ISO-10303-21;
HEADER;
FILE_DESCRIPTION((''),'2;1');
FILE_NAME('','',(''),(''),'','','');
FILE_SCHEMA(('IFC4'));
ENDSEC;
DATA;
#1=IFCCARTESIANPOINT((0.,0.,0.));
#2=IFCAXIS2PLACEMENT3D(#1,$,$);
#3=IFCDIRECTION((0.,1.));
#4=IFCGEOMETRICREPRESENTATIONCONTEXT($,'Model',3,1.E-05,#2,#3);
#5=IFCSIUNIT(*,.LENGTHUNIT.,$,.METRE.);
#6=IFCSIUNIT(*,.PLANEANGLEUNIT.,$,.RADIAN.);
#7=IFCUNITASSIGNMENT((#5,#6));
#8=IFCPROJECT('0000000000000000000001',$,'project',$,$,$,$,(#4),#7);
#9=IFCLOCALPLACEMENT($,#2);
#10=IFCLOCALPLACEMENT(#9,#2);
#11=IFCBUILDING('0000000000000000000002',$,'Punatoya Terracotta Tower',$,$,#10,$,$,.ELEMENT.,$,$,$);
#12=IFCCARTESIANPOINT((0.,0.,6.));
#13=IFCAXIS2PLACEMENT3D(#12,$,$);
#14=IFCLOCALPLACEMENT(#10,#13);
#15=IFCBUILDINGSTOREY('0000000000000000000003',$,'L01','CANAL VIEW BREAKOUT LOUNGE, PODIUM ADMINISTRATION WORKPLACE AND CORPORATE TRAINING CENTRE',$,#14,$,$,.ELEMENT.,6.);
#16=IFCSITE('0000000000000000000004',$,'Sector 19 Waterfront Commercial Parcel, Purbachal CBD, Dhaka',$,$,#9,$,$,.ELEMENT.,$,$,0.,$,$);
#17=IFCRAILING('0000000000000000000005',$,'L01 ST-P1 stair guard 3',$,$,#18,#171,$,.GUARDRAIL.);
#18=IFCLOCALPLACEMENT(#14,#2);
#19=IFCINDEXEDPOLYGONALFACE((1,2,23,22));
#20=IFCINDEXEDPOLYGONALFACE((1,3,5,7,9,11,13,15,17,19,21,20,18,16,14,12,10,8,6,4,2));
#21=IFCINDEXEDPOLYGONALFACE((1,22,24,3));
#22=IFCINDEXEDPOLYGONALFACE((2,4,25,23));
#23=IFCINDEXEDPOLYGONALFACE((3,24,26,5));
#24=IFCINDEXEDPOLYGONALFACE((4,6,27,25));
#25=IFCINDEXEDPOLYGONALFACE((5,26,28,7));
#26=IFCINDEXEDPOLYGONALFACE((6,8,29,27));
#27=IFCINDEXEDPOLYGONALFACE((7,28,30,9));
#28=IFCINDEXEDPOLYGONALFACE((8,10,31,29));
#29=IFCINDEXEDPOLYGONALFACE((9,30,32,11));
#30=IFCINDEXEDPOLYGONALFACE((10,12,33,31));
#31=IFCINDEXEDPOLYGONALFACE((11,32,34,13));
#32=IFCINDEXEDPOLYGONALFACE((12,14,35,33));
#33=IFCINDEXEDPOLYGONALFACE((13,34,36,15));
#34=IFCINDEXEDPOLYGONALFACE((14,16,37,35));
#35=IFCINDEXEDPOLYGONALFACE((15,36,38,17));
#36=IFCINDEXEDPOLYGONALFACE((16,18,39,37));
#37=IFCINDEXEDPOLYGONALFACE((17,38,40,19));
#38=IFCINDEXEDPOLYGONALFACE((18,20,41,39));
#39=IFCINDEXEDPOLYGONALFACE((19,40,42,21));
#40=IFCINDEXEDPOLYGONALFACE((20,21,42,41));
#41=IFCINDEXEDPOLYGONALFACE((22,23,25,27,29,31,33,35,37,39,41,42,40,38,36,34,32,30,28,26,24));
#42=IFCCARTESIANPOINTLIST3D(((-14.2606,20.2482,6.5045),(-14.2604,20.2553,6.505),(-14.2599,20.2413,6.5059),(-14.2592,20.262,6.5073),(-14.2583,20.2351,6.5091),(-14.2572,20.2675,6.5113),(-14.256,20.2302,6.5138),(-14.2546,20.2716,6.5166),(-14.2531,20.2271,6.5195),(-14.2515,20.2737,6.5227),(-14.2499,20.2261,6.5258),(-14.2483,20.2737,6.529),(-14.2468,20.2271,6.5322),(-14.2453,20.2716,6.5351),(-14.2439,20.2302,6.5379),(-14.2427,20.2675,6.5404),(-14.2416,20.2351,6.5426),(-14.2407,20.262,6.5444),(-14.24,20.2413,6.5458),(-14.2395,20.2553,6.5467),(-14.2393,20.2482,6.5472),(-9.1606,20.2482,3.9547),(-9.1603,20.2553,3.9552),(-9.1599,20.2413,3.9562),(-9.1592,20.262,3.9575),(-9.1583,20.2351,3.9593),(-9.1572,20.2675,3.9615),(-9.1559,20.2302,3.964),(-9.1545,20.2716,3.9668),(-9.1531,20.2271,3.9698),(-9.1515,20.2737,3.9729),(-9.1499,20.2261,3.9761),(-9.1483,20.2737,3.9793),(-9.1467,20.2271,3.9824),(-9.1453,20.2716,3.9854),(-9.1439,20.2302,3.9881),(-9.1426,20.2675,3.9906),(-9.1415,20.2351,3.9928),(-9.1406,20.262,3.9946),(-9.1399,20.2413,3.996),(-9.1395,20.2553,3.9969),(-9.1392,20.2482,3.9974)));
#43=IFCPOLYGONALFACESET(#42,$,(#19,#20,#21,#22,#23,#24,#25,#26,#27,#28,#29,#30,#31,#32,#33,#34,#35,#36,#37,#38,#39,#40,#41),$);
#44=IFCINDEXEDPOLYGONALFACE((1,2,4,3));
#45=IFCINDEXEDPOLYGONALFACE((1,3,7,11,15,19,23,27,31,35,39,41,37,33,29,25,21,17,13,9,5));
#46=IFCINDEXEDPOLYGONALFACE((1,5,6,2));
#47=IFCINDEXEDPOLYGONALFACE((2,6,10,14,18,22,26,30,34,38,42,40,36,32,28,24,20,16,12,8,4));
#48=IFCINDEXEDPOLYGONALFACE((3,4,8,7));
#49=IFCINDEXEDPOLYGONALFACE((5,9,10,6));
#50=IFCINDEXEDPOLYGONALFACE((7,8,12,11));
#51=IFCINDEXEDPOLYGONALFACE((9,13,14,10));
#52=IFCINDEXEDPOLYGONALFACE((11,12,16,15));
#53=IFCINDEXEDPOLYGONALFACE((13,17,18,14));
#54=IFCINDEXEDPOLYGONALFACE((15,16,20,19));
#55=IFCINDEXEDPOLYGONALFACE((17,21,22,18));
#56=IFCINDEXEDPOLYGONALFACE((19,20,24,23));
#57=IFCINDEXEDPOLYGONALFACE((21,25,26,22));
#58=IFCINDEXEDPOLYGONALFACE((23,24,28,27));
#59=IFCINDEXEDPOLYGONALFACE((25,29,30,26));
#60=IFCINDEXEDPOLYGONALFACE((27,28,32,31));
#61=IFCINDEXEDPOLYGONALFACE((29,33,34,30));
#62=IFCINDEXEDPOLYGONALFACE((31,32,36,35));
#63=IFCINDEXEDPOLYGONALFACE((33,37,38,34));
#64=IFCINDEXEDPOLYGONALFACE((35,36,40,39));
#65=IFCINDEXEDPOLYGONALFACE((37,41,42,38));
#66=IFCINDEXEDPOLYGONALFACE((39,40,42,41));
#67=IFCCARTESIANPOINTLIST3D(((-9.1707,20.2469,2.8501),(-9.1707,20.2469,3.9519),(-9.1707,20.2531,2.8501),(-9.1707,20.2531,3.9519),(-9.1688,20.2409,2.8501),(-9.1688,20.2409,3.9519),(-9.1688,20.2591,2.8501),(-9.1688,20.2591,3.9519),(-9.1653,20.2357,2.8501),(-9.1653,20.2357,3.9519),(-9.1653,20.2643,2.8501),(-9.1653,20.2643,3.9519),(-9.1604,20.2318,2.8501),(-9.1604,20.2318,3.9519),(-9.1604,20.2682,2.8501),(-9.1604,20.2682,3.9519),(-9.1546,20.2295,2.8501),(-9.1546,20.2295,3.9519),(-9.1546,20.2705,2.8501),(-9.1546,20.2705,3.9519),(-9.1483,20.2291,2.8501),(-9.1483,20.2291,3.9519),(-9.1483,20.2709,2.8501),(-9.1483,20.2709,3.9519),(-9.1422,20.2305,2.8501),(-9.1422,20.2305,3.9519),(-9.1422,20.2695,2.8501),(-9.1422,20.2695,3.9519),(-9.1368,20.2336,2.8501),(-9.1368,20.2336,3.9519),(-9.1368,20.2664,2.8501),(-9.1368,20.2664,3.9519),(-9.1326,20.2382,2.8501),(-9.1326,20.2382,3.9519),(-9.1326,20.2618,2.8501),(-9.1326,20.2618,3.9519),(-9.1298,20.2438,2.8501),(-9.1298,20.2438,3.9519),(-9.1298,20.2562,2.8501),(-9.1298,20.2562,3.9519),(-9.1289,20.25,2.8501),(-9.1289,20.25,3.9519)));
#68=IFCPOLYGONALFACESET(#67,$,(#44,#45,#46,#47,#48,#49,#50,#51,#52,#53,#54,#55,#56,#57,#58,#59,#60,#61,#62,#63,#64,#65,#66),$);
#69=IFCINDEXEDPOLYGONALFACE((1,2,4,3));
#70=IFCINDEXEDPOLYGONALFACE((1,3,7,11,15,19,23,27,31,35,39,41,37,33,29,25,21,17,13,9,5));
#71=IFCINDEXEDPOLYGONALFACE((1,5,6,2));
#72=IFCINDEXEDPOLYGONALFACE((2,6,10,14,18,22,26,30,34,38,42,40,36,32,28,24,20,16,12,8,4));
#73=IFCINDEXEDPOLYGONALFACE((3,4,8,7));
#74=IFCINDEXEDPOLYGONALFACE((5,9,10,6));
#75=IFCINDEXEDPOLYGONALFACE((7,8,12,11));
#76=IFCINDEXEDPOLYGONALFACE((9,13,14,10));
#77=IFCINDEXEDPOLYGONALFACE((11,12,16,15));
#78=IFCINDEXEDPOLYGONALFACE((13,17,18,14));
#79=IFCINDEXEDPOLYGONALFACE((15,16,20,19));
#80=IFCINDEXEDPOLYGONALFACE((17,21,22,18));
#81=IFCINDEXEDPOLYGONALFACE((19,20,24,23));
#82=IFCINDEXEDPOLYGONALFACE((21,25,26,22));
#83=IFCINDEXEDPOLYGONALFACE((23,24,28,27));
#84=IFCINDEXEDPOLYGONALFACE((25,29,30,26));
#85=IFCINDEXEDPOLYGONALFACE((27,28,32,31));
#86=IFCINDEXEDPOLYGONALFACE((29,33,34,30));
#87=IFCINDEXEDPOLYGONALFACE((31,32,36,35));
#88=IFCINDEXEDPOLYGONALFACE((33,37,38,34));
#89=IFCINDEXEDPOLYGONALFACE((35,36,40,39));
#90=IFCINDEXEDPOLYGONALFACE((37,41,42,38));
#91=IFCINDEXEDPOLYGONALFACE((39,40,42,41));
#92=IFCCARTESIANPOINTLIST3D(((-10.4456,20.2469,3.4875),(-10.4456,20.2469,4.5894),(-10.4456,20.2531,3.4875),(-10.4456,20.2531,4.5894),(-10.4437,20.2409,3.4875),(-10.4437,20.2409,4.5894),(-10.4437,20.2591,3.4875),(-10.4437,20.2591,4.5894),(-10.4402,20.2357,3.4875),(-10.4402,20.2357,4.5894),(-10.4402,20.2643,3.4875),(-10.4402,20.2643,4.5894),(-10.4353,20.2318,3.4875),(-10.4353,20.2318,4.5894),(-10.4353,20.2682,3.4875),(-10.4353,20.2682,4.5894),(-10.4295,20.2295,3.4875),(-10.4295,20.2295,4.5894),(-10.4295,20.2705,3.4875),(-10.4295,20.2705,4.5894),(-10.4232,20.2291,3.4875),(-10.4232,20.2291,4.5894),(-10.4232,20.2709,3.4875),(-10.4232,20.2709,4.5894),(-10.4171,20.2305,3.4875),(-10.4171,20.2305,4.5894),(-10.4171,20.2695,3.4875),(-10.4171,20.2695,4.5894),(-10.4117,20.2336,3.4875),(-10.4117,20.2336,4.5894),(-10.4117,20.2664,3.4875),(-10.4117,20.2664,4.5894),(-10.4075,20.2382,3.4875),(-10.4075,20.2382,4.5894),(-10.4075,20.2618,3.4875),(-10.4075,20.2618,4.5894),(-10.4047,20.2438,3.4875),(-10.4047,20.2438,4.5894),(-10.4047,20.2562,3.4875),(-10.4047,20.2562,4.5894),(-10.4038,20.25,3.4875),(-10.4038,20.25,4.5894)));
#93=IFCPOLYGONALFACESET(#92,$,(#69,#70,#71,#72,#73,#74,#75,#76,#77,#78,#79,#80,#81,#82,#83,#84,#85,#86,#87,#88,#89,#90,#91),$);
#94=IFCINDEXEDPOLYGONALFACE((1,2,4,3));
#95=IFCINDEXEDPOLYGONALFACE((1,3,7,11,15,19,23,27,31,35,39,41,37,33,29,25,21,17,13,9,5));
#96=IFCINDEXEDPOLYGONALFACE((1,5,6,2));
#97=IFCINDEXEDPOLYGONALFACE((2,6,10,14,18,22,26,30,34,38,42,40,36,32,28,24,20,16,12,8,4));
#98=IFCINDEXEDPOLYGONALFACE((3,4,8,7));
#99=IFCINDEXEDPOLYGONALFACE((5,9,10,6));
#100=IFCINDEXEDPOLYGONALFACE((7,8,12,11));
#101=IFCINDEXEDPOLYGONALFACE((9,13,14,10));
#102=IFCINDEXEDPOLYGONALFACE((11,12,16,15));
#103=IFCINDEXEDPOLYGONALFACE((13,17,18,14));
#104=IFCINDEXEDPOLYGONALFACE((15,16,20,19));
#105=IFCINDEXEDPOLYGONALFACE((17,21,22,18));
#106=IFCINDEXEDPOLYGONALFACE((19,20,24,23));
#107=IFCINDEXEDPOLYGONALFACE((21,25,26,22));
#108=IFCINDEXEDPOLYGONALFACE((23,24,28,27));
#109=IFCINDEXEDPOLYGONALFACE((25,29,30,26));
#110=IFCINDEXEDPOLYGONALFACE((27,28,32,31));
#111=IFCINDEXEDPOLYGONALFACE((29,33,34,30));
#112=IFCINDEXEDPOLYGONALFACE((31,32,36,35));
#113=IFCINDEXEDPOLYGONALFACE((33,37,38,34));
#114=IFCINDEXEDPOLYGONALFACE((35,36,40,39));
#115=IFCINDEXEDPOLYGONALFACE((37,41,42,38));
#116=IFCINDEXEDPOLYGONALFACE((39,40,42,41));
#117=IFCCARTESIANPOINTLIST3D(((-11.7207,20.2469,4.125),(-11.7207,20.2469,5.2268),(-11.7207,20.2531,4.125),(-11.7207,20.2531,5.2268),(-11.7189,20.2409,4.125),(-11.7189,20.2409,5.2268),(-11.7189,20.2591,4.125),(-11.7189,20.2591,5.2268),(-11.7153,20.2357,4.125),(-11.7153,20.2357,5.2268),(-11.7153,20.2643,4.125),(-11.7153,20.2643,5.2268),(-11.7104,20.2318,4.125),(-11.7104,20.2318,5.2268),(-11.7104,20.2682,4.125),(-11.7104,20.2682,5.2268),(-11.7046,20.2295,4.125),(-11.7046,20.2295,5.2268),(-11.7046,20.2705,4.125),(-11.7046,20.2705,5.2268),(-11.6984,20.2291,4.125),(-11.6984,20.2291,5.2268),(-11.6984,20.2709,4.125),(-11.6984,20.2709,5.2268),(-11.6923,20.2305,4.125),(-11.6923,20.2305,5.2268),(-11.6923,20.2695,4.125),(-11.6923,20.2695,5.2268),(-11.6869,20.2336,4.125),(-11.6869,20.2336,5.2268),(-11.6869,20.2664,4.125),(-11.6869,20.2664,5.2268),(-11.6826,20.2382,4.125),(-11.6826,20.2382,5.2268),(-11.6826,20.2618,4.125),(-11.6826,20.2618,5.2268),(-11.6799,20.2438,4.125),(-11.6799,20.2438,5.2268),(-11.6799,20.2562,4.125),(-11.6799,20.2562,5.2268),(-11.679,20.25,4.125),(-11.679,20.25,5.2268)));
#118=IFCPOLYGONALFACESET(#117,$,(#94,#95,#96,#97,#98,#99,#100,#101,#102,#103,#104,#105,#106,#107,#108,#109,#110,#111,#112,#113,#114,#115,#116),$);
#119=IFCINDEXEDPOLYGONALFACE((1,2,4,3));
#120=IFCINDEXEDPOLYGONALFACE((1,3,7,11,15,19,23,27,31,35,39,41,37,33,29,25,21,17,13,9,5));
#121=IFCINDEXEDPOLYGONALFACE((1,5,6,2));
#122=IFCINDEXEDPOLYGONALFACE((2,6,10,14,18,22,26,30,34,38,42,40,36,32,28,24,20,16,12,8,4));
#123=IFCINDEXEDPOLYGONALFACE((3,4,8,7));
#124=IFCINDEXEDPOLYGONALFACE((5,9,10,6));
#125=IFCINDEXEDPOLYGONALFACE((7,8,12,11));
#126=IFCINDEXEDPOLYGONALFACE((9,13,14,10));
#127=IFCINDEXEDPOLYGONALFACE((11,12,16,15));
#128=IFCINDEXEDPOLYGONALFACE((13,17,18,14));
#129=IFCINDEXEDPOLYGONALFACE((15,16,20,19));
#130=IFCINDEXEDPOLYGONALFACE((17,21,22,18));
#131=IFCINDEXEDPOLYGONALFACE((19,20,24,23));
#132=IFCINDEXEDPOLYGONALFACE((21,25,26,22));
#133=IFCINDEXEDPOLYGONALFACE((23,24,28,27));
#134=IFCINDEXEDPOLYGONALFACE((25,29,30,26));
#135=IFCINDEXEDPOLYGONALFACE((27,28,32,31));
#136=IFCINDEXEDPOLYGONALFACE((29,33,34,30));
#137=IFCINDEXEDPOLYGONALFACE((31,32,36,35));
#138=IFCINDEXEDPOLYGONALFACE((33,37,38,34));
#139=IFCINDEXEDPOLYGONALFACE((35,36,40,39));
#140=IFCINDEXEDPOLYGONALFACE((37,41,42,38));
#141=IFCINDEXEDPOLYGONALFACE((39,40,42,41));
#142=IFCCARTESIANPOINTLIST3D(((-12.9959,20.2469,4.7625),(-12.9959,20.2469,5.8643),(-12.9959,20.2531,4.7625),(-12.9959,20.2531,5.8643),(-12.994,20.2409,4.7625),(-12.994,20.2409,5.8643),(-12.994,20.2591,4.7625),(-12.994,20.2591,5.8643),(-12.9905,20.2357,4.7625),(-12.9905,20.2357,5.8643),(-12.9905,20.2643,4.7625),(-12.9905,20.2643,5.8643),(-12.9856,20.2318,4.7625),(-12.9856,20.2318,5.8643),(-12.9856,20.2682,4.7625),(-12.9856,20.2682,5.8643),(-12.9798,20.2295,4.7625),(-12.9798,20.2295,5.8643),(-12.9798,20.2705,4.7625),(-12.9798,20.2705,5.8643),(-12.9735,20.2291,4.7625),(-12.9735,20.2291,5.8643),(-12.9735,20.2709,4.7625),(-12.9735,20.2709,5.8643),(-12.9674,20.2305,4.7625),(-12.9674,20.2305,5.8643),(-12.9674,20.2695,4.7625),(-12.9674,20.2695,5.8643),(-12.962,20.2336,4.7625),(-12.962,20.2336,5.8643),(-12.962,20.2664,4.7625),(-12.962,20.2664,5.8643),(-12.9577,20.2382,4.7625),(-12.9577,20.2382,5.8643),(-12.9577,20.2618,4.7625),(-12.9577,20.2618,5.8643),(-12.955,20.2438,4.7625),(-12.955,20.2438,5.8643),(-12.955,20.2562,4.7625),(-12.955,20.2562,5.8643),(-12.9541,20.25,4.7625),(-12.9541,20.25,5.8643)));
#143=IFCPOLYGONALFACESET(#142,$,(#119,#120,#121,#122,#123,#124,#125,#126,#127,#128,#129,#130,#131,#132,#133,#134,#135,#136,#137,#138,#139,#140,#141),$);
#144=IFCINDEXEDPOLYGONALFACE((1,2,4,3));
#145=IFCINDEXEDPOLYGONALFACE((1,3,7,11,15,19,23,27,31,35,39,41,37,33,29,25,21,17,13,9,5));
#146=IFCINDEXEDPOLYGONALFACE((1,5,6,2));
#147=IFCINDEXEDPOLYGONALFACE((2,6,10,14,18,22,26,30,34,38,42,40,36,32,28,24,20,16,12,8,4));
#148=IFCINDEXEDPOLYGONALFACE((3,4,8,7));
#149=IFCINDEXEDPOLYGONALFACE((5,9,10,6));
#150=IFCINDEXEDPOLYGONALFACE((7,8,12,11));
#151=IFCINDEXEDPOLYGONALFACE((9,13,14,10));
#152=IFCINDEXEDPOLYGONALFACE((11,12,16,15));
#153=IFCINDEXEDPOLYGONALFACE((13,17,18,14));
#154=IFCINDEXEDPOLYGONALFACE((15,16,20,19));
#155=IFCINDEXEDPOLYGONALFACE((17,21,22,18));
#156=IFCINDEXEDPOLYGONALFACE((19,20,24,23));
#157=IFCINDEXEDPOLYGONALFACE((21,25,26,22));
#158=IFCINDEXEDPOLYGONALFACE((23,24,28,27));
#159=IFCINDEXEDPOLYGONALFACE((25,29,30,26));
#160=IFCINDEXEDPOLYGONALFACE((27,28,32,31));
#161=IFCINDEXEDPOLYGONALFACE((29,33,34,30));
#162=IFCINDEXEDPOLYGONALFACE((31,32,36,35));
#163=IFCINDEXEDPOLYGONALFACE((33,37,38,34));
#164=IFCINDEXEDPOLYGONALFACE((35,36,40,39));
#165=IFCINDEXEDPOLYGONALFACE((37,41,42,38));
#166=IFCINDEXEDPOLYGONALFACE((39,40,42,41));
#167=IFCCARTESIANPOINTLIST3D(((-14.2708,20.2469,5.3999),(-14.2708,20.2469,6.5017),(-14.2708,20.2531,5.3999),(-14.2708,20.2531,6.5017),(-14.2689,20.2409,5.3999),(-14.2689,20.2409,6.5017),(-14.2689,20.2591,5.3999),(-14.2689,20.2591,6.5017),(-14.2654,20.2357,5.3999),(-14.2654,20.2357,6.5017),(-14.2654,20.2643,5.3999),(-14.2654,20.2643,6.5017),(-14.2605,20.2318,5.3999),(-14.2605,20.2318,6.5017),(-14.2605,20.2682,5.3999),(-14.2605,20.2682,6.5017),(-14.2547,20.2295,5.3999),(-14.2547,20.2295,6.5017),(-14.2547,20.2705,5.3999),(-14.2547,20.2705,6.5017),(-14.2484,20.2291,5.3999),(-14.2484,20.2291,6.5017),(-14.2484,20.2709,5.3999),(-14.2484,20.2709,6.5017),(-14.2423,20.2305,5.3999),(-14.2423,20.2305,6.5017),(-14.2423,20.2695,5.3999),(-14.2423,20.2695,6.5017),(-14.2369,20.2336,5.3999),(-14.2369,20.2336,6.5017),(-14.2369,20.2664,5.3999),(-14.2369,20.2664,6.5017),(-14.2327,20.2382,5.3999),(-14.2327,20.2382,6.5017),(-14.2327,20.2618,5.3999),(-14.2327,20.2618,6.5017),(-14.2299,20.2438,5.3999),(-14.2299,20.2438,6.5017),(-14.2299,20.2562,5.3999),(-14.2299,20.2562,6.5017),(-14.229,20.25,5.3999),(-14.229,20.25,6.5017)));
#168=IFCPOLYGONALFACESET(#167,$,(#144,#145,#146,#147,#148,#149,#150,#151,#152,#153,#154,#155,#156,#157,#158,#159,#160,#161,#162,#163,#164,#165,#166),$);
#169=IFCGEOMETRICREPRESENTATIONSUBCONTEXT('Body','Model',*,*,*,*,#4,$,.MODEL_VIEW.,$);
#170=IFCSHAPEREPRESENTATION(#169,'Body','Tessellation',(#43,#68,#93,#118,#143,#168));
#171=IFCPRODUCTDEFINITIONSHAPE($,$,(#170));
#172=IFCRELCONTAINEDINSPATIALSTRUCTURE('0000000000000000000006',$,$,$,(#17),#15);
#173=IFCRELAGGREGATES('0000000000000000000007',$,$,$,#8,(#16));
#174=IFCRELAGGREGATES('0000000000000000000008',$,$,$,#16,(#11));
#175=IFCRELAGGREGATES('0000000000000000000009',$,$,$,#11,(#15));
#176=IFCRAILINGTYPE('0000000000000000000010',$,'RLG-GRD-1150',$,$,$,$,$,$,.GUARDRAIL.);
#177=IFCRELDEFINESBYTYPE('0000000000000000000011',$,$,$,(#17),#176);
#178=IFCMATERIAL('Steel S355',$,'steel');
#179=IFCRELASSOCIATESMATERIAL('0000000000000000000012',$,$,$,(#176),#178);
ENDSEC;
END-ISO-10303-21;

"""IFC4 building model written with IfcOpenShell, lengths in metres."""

from ifc_helpers import new_model, si_unit, direction, frame, origin, origin_2d, place, context, subcontext, project, spatial, circle, extrude, material, type_object, element, save


model = new_model("IFC4")

# Units and contexts
model_context = context("Model", 3, precision=1e-05, world=origin(), true_north=direction((0.0, 1.0)))
body_context = subcontext(model_context, "Body", "Model", "MODEL_VIEW")
ifc_project = project(units=[si_unit("LENGTHUNIT", "METRE"), si_unit("PLANEANGLEUNIT", "RADIAN")], contexts=[model_context])

# Site, building, storey
site_placement = place(None, origin())
site = spatial("IfcSite", under=ifc_project, at=site_placement, Name="Sector 19 Waterfront Commercial Parcel, Purbachal CBD, Dhaka", CompositionType="ELEMENT", RefElevation=0.0)
building_placement = place(site_placement, origin())
building = spatial("IfcBuilding", under=site, at=building_placement, Name="Punatoya Terracotta Tower", CompositionType="ELEMENT")
storey_placement = place(building_placement, frame((0.0, 0.0, 6.0)))
storey = spatial("IfcBuildingStorey", under=building, at=storey_placement, Name="L01", Description="CANAL VIEW BREAKOUT LOUNGE, PODIUM ADMINISTRATION WORKPLACE AND CORPORATE TRAINING CENTRE", CompositionType="ELEMENT", Elevation=6.0)

# Shared definitions
ifc_material_1 = material(Name="Steel S355", Category="steel")

# Railing
railing_type_1 = type_object("IfcRailingType", Name="RLG-GRD-1150", PredefinedType="GUARDRAIL", material=ifc_material_1)
railing_1_placement = place(storey_placement, frame((-9.1499, 20.25, 2.8501)))
element("IfcRailing", 1, at=railing_1_placement, inside=storey, type_object=railing_type_1, Name="L01 ST-P1 stair guard 3", PredefinedType="GUARDRAIL", context=body_context, shape_type="SweptSolid", body=[
    extrude(circle(Radius=0.0239, at=origin_2d()), frame((0.0, 0.0, 1.126), z_axis=(-0.894444, 0.0, 0.447179), x_axis=(0.0, -1.0, 0.0)), (0.0, 0.0, 1.0), 5.7019),
    extrude(circle(Radius=0.021, at=origin_2d()), origin(), (0.0, 0.0, 1.0), 1.1018),
    extrude(circle(Radius=0.021, at=origin_2d()), frame((-1.2749, 0.0, 0.6375)), (0.0, 0.0, 1.0), 1.1018),
    extrude(circle(Radius=0.021, at=origin_2d()), frame((-2.55, 0.0, 1.2749)), (0.0, 0.0, 1.0), 1.1018),
    extrude(circle(Radius=0.021, at=origin_2d()), frame((-3.8252, 0.0, 1.9124)), (0.0, 0.0, 1.0), 1.1018),
    extrude(circle(Radius=0.021, at=origin_2d()), frame((-5.1001, 0.0, 2.5498)), (0.0, 0.0, 1.0), 1.1018),
])

save(model, "model.ifc")
